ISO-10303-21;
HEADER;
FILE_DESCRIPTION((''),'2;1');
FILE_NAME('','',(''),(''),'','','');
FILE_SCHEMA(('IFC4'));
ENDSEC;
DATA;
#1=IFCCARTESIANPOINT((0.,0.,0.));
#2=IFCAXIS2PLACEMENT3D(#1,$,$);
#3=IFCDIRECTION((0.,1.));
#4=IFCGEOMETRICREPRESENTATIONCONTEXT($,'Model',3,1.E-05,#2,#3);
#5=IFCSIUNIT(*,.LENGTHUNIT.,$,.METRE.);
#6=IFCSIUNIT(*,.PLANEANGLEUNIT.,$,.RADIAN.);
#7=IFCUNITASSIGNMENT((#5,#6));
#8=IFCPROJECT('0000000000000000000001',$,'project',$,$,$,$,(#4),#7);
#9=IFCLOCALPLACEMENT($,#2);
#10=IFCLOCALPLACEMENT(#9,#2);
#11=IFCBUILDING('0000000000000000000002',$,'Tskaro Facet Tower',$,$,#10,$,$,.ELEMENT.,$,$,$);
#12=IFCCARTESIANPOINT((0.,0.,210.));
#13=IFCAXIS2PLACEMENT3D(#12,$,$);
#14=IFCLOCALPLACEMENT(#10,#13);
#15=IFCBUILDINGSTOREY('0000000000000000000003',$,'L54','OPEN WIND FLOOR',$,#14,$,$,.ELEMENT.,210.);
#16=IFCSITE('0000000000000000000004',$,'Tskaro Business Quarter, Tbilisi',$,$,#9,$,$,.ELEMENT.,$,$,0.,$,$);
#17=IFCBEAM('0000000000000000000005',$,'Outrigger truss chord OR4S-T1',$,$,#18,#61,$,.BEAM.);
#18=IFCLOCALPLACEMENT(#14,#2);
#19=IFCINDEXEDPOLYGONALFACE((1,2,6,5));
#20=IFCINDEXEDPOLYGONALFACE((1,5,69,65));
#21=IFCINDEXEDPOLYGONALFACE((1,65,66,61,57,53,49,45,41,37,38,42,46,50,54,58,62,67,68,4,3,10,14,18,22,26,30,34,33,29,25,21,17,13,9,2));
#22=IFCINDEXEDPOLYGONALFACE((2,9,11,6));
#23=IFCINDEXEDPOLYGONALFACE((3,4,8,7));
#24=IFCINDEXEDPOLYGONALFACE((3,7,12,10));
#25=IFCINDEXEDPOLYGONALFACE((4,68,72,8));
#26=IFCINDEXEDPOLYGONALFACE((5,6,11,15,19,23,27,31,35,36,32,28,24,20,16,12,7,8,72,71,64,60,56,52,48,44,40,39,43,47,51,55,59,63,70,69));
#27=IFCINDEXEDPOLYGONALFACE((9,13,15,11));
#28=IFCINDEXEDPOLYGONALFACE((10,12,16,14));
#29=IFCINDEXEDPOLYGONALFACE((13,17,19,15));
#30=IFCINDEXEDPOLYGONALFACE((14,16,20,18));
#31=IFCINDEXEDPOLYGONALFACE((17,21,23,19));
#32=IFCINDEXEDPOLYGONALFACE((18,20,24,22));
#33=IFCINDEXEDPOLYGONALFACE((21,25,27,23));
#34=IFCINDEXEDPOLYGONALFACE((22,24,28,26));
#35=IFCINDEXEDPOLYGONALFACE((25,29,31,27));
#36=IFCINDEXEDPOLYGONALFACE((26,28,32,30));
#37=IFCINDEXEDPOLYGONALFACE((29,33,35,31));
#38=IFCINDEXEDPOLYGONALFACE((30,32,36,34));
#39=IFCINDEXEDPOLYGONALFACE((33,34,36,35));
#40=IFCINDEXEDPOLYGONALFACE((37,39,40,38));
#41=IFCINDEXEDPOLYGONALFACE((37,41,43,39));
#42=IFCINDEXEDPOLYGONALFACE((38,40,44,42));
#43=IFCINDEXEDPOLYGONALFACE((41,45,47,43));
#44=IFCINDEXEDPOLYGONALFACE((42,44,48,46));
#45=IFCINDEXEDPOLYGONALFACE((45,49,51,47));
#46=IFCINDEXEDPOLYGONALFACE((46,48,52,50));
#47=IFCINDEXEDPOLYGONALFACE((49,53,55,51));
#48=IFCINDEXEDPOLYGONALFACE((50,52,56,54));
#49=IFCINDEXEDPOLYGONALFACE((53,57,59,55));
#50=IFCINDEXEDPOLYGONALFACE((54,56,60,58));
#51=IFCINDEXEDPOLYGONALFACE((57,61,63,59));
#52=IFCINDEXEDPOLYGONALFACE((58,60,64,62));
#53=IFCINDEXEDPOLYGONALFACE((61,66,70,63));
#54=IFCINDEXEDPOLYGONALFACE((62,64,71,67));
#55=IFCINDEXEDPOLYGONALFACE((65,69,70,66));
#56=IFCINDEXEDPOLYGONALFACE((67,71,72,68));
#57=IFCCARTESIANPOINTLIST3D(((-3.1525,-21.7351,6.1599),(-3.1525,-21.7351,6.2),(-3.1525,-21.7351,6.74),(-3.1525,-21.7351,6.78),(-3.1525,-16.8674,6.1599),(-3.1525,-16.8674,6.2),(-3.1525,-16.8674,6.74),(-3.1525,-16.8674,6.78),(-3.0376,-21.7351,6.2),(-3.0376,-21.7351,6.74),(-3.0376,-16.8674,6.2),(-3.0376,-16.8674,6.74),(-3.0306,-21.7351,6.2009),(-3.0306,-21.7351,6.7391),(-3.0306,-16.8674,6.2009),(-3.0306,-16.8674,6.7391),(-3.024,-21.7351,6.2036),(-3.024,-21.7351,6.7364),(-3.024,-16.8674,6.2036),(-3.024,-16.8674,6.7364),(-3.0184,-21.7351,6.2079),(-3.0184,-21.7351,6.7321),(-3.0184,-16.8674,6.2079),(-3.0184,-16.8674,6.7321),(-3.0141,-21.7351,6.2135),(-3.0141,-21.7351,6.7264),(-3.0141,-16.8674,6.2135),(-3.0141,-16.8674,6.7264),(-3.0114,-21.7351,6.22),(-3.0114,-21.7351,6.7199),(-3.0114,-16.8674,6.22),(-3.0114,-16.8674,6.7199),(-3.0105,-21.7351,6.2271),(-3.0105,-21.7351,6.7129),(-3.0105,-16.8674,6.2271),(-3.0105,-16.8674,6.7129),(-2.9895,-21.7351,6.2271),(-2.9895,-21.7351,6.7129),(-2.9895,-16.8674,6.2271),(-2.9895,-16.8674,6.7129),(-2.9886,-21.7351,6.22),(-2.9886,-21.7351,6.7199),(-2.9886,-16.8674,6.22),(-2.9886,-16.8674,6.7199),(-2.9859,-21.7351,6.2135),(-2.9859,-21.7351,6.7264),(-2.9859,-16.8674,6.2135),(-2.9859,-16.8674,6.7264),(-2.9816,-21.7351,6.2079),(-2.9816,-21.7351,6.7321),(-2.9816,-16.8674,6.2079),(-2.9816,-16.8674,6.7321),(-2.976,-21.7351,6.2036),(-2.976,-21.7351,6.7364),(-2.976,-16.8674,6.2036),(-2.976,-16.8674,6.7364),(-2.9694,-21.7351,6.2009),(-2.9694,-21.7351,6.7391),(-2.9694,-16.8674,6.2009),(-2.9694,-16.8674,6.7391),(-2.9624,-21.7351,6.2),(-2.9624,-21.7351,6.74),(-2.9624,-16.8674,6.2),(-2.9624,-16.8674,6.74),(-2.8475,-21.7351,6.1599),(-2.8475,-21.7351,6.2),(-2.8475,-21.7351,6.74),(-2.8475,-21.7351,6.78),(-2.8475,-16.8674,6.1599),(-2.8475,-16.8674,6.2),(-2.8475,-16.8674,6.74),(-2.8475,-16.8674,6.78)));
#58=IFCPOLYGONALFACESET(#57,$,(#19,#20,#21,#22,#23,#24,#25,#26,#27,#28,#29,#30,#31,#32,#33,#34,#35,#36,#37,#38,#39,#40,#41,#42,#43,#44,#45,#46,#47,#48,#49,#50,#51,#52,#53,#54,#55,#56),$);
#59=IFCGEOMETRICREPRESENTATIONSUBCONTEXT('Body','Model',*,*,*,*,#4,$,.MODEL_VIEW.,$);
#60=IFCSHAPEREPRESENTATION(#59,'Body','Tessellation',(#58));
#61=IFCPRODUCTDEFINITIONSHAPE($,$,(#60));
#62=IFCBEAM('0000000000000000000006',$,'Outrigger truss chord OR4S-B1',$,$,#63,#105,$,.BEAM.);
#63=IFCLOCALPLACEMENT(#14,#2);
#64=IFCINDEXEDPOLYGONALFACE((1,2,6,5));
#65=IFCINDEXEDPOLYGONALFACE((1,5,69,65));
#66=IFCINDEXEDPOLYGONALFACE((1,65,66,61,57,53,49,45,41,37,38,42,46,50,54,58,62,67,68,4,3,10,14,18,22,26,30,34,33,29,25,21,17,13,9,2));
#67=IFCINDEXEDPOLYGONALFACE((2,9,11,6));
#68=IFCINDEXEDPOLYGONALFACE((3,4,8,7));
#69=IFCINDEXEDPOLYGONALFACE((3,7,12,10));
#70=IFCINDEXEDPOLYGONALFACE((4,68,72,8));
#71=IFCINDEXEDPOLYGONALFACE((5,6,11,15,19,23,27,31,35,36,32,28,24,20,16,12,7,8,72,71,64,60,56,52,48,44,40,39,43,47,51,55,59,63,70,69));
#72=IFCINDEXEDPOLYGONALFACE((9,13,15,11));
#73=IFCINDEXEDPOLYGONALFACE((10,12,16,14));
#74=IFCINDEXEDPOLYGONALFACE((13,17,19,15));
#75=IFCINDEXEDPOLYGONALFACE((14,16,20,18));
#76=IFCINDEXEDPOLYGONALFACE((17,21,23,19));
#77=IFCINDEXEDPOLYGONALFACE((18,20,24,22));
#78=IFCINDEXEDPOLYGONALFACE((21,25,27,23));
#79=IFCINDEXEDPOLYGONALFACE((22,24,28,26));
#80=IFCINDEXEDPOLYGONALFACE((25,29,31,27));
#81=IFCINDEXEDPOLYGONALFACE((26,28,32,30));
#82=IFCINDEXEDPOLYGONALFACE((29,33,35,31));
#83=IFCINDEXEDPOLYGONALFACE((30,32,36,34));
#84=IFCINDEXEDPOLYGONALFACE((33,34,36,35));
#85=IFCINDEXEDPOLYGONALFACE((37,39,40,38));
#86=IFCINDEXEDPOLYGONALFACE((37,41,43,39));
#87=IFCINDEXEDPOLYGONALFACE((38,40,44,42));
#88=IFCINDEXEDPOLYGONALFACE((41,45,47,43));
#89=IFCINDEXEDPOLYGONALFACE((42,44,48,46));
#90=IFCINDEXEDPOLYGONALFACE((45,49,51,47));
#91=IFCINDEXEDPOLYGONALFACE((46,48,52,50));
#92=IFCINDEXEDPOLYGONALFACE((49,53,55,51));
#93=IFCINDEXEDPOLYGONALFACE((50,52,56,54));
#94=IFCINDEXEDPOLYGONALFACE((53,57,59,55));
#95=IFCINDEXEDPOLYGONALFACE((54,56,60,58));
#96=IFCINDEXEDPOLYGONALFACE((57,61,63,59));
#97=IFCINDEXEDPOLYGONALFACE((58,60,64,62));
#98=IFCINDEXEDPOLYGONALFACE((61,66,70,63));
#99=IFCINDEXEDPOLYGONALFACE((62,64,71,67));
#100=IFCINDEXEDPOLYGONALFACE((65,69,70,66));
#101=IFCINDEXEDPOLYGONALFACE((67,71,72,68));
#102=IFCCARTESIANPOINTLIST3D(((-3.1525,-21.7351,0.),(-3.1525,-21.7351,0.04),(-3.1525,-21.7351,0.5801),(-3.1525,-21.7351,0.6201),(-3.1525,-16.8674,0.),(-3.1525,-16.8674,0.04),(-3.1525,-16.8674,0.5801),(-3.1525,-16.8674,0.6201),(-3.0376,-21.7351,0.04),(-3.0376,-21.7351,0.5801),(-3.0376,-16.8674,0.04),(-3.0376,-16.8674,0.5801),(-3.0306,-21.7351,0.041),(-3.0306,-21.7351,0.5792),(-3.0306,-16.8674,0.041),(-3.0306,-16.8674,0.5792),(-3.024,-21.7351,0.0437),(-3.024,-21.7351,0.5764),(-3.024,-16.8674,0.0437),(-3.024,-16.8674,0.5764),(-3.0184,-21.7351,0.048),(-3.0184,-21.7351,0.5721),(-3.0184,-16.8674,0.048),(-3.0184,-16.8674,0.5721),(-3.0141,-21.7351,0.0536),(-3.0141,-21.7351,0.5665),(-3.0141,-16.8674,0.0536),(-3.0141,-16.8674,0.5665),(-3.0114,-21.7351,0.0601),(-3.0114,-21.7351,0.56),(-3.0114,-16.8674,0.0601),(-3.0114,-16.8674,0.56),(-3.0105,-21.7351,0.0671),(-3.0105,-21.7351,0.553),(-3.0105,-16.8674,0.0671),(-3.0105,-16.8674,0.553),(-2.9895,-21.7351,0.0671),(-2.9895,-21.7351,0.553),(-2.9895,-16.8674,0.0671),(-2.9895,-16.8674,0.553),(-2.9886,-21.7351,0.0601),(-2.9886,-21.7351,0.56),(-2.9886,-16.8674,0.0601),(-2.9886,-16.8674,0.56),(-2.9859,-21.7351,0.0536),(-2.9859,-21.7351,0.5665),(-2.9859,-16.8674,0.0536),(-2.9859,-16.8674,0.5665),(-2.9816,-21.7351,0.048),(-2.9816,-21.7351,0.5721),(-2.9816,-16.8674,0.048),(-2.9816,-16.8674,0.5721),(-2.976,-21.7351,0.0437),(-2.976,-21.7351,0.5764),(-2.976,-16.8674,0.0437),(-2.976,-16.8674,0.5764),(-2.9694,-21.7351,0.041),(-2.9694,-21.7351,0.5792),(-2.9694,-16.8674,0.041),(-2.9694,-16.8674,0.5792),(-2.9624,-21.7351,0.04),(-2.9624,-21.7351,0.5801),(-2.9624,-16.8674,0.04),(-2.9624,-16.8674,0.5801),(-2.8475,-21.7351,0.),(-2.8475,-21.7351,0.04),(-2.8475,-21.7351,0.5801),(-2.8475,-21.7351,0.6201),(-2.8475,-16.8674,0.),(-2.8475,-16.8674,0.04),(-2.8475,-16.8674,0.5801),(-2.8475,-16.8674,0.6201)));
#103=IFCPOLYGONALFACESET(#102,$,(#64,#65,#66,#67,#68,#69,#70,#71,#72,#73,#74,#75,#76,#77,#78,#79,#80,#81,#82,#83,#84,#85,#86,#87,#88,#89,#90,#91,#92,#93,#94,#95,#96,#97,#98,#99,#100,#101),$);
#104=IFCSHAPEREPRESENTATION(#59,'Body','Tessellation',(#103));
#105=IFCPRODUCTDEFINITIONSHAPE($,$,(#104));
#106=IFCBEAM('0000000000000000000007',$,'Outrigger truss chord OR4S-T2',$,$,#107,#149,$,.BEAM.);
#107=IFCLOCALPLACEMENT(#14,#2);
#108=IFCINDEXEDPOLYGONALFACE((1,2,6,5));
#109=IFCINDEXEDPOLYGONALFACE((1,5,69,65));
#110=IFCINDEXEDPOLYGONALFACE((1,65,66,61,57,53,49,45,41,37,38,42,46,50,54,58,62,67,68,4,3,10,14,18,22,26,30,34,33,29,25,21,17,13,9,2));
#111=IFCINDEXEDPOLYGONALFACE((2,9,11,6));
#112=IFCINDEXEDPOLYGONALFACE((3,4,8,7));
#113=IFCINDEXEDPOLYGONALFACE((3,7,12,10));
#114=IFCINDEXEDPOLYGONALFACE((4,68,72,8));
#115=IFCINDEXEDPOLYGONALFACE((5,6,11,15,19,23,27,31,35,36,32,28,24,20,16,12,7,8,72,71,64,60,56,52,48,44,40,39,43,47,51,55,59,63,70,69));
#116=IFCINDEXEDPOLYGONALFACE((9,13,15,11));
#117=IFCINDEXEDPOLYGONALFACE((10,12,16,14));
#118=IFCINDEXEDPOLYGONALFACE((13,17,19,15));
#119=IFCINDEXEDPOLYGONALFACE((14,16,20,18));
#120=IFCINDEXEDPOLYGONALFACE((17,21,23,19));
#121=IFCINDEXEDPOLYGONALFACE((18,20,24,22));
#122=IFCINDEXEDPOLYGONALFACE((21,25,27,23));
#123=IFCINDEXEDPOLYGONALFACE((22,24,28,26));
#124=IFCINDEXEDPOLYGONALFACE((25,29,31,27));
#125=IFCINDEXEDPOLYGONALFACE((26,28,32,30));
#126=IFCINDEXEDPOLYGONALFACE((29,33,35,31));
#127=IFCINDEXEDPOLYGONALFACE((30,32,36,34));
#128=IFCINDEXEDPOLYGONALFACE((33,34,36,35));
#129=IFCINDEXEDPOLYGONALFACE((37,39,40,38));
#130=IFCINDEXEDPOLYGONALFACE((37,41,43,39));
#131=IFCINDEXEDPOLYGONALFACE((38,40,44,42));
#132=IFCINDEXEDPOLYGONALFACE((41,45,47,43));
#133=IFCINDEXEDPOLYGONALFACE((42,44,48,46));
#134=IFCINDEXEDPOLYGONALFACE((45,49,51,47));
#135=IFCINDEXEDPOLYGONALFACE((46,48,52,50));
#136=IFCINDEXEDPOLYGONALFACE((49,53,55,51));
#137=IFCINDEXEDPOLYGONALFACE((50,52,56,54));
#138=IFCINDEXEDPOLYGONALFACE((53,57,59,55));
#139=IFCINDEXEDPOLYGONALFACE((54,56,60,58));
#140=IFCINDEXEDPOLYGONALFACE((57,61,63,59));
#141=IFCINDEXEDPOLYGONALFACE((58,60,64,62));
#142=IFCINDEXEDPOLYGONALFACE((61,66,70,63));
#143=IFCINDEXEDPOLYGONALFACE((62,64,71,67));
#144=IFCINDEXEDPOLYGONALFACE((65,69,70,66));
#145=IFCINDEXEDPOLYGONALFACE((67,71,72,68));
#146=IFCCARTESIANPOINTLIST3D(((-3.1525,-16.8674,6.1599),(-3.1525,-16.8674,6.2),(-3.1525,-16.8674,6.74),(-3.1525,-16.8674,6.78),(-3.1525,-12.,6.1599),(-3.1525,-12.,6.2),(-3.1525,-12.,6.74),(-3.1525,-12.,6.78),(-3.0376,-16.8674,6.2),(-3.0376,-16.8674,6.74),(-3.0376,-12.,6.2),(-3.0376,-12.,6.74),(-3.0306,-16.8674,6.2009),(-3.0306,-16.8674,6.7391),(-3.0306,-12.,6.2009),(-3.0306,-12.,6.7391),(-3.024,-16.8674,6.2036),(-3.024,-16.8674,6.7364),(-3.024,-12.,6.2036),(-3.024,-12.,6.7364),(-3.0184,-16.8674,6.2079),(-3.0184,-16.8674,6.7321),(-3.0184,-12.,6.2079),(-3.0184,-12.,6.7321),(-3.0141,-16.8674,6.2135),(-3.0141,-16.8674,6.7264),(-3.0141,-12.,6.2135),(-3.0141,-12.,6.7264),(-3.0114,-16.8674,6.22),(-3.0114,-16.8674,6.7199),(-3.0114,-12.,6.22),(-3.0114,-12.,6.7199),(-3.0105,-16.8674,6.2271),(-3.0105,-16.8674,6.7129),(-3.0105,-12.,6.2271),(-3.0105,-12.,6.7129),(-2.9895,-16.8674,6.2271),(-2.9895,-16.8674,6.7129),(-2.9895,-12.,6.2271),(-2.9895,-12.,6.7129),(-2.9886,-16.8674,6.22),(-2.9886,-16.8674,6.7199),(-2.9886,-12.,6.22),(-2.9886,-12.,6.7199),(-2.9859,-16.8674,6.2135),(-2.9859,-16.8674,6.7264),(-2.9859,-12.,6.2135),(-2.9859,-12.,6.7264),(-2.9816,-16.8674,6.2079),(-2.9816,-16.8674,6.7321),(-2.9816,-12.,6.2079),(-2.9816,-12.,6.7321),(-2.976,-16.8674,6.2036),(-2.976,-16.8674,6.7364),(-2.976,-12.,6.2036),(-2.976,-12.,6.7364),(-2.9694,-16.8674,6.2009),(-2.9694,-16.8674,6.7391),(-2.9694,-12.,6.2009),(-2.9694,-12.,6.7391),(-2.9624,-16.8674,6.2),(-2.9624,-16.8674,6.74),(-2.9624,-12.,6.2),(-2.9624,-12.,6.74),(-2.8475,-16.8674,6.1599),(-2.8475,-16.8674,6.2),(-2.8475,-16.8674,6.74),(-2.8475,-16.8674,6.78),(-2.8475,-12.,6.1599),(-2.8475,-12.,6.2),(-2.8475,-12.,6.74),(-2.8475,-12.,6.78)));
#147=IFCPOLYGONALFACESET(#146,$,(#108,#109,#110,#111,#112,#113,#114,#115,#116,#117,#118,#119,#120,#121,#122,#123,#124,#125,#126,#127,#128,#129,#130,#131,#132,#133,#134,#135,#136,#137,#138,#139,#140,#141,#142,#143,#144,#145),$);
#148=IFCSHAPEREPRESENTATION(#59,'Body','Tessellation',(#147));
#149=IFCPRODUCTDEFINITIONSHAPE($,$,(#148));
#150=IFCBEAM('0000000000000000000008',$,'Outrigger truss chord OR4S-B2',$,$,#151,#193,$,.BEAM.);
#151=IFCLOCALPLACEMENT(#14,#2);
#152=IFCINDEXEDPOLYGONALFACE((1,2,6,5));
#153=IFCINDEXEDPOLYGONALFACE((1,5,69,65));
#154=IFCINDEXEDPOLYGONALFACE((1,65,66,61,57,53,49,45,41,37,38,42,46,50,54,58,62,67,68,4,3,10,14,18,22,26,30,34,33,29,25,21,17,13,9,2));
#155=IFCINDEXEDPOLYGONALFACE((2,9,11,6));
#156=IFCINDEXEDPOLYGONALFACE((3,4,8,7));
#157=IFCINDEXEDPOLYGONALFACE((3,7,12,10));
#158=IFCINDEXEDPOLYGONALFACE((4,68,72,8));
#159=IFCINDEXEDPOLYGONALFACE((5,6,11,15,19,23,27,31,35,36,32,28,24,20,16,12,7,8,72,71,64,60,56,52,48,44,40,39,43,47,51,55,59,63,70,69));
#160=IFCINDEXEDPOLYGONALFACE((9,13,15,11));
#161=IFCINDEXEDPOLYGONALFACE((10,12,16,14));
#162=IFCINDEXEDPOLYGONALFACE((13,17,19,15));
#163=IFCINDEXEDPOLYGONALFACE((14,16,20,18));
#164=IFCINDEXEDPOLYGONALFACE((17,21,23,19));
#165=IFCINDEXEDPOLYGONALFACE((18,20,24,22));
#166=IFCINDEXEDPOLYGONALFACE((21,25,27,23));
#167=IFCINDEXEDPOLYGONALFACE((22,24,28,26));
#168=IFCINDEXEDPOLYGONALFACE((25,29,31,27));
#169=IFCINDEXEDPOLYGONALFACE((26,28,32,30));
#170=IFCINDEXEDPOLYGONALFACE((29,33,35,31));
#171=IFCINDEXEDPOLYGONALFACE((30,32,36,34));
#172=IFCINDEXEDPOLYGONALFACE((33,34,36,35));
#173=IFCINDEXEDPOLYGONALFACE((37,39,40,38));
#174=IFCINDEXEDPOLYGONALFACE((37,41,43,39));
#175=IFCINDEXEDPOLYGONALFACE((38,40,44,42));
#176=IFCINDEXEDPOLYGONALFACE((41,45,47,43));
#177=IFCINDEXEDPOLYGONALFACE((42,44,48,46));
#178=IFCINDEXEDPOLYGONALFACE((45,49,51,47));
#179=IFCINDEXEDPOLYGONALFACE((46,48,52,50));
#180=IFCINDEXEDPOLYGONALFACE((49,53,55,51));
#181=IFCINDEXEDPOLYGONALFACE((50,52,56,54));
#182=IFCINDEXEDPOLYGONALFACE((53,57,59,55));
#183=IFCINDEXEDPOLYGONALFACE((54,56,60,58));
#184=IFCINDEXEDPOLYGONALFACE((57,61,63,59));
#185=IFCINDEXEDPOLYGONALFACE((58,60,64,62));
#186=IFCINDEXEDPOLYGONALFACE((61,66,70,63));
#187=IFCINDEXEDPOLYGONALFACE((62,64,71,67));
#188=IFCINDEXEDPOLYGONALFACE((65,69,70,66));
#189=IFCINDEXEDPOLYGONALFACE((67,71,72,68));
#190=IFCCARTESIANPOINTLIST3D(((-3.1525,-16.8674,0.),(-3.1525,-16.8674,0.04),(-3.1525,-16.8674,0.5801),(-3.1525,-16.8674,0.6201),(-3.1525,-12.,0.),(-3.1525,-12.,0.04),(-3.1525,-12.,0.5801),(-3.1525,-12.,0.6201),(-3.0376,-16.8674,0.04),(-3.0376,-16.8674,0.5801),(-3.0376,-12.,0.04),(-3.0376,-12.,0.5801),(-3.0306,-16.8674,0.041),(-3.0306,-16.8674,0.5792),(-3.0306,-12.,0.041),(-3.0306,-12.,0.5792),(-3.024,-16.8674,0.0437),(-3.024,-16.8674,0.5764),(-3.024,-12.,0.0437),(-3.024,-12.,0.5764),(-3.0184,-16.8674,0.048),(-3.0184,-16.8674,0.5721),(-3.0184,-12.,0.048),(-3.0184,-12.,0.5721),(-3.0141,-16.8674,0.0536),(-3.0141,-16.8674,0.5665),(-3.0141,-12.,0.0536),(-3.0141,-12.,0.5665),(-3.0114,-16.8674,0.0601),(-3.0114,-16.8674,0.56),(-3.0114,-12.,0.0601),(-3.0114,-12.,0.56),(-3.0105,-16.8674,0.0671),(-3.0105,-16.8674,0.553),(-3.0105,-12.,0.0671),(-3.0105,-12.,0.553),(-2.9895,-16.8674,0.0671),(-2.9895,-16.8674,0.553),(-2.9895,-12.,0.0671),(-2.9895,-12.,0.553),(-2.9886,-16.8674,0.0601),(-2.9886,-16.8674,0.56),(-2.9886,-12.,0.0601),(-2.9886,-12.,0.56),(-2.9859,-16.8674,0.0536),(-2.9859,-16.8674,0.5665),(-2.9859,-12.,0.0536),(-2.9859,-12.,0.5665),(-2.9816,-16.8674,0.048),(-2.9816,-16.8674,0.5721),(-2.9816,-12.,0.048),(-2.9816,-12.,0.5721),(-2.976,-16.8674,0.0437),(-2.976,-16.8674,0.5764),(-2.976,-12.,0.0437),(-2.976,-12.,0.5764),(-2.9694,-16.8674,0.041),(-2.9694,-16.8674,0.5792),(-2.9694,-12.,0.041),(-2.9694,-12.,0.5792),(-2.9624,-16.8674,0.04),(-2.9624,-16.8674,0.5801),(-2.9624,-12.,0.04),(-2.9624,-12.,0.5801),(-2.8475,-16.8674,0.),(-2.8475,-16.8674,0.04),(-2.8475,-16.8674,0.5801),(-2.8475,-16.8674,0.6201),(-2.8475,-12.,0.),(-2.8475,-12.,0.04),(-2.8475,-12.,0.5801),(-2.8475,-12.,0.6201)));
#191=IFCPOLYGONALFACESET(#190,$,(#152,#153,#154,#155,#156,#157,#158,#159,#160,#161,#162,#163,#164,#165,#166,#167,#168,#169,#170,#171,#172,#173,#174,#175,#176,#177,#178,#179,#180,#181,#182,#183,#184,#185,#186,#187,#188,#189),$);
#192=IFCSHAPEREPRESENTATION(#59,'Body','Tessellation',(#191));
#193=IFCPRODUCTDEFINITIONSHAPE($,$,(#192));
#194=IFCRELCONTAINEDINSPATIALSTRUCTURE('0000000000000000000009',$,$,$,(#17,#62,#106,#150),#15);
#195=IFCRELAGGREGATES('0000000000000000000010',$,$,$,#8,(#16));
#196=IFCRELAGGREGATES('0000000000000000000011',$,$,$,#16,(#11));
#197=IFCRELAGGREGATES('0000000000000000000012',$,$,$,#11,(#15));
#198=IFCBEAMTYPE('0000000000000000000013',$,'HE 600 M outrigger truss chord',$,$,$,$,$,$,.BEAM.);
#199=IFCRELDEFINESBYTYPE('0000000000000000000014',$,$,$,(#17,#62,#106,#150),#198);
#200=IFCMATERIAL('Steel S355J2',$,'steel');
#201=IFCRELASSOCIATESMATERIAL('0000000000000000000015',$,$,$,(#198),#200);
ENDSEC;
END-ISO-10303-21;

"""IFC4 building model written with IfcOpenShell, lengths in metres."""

from ifc_helpers import new_model, si_unit, direction, frame, origin, origin_2d, place, context, subcontext, project, spatial, i_section, extrude, material, material_profile, profile_set, type_object, element, save


model = new_model("IFC4")

# Units and contexts
model_context = context("Model", 3, precision=1e-05, world=origin(), true_north=direction((0.0, 1.0)))
body_context = subcontext(model_context, "Body", "Model", "MODEL_VIEW")
ifc_project = project(units=[si_unit("LENGTHUNIT", "METRE"), si_unit("PLANEANGLEUNIT", "RADIAN")], contexts=[model_context])

# Site, building, storey
site_placement = place(None, origin())
site = spatial("IfcSite", under=ifc_project, at=site_placement, Name="Tskaro Business Quarter, Tbilisi", CompositionType="ELEMENT", RefElevation=0.0)
building_placement = place(site_placement, origin())
building = spatial("IfcBuilding", under=site, at=building_placement, Name="Tskaro Facet Tower", CompositionType="ELEMENT")
storey_placement = place(building_placement, frame((0.0, 0.0, 210.0)))
storey = spatial("IfcBuildingStorey", under=building, at=storey_placement, Name="L54", Description="OPEN WIND FLOOR", CompositionType="ELEMENT", Elevation=210.0)

# Shared definitions
ifc_material_1 = material(Name="Steel S355J2", Category="steel")

# Beams
ifc_material_profile_1 = material_profile(ifc_material_1, i_section(OverallWidth=0.3049, OverallDepth=0.6201, WebThickness=0.021, FlangeThickness=0.04, FilletRadius=0.0271, at=origin_2d()), Name="HE 600 M")
ifc_profile_set_1 = profile_set([ifc_material_profile_1], Name="Steel S355J2")
beam_type_1 = type_object("IfcBeamType", Name="HE 600 M outrigger truss chord", PredefinedType="BEAM", material=ifc_profile_set_1)
for number, where, z_axis, x_axis, name in (
    (1, (-3.0, -21.7351, 6.47), (0.0, 1.0, 0.0), (-1.0, 0.0, 0.0), "Outrigger truss chord OR4S-T1"),
    (2, (-3.0, -21.7351, 0.3101), (0.0, 1.0, 0.0), (-1.0, 0.0, 0.0), "Outrigger truss chord OR4S-B1"),
):
    element("IfcBeam", number, at=place(storey_placement, frame(where, z_axis=z_axis, x_axis=x_axis)), inside=storey, type_object=beam_type_1, Name=name, PredefinedType="BEAM", context=body_context, shape_type="SweptSolid", body=[
        extrude(i_section(OverallWidth=0.3049, OverallDepth=0.6201, WebThickness=0.021, FlangeThickness=0.04, FilletRadius=0.0271, at=origin_2d()), origin(), (0.0, 0.0, 1.0), 4.8677),
    ])
for number, where, z_axis, x_axis, name in (
    (3, (-3.0, -16.8674, 6.47), (0.0, 1.0, 0.0), (-1.0, 0.0, 0.0), "Outrigger truss chord OR4S-T2"),
    (4, (-3.0, -16.8674, 0.3101), (0.0, 1.0, 0.0), (-1.0, 0.0, 0.0), "Outrigger truss chord OR4S-B2"),
):
    element("IfcBeam", number, at=place(storey_placement, frame(where, z_axis=z_axis, x_axis=x_axis)), inside=storey, type_object=beam_type_1, Name=name, PredefinedType="BEAM", context=body_context, shape_type="SweptSolid", body=[
        extrude(i_section(OverallWidth=0.3049, OverallDepth=0.6201, WebThickness=0.021, FlangeThickness=0.04, FilletRadius=0.0271, at=origin_2d()), origin(), (0.0, 0.0, 1.0), 4.8674),
    ])

save(model, "model.ifc")
